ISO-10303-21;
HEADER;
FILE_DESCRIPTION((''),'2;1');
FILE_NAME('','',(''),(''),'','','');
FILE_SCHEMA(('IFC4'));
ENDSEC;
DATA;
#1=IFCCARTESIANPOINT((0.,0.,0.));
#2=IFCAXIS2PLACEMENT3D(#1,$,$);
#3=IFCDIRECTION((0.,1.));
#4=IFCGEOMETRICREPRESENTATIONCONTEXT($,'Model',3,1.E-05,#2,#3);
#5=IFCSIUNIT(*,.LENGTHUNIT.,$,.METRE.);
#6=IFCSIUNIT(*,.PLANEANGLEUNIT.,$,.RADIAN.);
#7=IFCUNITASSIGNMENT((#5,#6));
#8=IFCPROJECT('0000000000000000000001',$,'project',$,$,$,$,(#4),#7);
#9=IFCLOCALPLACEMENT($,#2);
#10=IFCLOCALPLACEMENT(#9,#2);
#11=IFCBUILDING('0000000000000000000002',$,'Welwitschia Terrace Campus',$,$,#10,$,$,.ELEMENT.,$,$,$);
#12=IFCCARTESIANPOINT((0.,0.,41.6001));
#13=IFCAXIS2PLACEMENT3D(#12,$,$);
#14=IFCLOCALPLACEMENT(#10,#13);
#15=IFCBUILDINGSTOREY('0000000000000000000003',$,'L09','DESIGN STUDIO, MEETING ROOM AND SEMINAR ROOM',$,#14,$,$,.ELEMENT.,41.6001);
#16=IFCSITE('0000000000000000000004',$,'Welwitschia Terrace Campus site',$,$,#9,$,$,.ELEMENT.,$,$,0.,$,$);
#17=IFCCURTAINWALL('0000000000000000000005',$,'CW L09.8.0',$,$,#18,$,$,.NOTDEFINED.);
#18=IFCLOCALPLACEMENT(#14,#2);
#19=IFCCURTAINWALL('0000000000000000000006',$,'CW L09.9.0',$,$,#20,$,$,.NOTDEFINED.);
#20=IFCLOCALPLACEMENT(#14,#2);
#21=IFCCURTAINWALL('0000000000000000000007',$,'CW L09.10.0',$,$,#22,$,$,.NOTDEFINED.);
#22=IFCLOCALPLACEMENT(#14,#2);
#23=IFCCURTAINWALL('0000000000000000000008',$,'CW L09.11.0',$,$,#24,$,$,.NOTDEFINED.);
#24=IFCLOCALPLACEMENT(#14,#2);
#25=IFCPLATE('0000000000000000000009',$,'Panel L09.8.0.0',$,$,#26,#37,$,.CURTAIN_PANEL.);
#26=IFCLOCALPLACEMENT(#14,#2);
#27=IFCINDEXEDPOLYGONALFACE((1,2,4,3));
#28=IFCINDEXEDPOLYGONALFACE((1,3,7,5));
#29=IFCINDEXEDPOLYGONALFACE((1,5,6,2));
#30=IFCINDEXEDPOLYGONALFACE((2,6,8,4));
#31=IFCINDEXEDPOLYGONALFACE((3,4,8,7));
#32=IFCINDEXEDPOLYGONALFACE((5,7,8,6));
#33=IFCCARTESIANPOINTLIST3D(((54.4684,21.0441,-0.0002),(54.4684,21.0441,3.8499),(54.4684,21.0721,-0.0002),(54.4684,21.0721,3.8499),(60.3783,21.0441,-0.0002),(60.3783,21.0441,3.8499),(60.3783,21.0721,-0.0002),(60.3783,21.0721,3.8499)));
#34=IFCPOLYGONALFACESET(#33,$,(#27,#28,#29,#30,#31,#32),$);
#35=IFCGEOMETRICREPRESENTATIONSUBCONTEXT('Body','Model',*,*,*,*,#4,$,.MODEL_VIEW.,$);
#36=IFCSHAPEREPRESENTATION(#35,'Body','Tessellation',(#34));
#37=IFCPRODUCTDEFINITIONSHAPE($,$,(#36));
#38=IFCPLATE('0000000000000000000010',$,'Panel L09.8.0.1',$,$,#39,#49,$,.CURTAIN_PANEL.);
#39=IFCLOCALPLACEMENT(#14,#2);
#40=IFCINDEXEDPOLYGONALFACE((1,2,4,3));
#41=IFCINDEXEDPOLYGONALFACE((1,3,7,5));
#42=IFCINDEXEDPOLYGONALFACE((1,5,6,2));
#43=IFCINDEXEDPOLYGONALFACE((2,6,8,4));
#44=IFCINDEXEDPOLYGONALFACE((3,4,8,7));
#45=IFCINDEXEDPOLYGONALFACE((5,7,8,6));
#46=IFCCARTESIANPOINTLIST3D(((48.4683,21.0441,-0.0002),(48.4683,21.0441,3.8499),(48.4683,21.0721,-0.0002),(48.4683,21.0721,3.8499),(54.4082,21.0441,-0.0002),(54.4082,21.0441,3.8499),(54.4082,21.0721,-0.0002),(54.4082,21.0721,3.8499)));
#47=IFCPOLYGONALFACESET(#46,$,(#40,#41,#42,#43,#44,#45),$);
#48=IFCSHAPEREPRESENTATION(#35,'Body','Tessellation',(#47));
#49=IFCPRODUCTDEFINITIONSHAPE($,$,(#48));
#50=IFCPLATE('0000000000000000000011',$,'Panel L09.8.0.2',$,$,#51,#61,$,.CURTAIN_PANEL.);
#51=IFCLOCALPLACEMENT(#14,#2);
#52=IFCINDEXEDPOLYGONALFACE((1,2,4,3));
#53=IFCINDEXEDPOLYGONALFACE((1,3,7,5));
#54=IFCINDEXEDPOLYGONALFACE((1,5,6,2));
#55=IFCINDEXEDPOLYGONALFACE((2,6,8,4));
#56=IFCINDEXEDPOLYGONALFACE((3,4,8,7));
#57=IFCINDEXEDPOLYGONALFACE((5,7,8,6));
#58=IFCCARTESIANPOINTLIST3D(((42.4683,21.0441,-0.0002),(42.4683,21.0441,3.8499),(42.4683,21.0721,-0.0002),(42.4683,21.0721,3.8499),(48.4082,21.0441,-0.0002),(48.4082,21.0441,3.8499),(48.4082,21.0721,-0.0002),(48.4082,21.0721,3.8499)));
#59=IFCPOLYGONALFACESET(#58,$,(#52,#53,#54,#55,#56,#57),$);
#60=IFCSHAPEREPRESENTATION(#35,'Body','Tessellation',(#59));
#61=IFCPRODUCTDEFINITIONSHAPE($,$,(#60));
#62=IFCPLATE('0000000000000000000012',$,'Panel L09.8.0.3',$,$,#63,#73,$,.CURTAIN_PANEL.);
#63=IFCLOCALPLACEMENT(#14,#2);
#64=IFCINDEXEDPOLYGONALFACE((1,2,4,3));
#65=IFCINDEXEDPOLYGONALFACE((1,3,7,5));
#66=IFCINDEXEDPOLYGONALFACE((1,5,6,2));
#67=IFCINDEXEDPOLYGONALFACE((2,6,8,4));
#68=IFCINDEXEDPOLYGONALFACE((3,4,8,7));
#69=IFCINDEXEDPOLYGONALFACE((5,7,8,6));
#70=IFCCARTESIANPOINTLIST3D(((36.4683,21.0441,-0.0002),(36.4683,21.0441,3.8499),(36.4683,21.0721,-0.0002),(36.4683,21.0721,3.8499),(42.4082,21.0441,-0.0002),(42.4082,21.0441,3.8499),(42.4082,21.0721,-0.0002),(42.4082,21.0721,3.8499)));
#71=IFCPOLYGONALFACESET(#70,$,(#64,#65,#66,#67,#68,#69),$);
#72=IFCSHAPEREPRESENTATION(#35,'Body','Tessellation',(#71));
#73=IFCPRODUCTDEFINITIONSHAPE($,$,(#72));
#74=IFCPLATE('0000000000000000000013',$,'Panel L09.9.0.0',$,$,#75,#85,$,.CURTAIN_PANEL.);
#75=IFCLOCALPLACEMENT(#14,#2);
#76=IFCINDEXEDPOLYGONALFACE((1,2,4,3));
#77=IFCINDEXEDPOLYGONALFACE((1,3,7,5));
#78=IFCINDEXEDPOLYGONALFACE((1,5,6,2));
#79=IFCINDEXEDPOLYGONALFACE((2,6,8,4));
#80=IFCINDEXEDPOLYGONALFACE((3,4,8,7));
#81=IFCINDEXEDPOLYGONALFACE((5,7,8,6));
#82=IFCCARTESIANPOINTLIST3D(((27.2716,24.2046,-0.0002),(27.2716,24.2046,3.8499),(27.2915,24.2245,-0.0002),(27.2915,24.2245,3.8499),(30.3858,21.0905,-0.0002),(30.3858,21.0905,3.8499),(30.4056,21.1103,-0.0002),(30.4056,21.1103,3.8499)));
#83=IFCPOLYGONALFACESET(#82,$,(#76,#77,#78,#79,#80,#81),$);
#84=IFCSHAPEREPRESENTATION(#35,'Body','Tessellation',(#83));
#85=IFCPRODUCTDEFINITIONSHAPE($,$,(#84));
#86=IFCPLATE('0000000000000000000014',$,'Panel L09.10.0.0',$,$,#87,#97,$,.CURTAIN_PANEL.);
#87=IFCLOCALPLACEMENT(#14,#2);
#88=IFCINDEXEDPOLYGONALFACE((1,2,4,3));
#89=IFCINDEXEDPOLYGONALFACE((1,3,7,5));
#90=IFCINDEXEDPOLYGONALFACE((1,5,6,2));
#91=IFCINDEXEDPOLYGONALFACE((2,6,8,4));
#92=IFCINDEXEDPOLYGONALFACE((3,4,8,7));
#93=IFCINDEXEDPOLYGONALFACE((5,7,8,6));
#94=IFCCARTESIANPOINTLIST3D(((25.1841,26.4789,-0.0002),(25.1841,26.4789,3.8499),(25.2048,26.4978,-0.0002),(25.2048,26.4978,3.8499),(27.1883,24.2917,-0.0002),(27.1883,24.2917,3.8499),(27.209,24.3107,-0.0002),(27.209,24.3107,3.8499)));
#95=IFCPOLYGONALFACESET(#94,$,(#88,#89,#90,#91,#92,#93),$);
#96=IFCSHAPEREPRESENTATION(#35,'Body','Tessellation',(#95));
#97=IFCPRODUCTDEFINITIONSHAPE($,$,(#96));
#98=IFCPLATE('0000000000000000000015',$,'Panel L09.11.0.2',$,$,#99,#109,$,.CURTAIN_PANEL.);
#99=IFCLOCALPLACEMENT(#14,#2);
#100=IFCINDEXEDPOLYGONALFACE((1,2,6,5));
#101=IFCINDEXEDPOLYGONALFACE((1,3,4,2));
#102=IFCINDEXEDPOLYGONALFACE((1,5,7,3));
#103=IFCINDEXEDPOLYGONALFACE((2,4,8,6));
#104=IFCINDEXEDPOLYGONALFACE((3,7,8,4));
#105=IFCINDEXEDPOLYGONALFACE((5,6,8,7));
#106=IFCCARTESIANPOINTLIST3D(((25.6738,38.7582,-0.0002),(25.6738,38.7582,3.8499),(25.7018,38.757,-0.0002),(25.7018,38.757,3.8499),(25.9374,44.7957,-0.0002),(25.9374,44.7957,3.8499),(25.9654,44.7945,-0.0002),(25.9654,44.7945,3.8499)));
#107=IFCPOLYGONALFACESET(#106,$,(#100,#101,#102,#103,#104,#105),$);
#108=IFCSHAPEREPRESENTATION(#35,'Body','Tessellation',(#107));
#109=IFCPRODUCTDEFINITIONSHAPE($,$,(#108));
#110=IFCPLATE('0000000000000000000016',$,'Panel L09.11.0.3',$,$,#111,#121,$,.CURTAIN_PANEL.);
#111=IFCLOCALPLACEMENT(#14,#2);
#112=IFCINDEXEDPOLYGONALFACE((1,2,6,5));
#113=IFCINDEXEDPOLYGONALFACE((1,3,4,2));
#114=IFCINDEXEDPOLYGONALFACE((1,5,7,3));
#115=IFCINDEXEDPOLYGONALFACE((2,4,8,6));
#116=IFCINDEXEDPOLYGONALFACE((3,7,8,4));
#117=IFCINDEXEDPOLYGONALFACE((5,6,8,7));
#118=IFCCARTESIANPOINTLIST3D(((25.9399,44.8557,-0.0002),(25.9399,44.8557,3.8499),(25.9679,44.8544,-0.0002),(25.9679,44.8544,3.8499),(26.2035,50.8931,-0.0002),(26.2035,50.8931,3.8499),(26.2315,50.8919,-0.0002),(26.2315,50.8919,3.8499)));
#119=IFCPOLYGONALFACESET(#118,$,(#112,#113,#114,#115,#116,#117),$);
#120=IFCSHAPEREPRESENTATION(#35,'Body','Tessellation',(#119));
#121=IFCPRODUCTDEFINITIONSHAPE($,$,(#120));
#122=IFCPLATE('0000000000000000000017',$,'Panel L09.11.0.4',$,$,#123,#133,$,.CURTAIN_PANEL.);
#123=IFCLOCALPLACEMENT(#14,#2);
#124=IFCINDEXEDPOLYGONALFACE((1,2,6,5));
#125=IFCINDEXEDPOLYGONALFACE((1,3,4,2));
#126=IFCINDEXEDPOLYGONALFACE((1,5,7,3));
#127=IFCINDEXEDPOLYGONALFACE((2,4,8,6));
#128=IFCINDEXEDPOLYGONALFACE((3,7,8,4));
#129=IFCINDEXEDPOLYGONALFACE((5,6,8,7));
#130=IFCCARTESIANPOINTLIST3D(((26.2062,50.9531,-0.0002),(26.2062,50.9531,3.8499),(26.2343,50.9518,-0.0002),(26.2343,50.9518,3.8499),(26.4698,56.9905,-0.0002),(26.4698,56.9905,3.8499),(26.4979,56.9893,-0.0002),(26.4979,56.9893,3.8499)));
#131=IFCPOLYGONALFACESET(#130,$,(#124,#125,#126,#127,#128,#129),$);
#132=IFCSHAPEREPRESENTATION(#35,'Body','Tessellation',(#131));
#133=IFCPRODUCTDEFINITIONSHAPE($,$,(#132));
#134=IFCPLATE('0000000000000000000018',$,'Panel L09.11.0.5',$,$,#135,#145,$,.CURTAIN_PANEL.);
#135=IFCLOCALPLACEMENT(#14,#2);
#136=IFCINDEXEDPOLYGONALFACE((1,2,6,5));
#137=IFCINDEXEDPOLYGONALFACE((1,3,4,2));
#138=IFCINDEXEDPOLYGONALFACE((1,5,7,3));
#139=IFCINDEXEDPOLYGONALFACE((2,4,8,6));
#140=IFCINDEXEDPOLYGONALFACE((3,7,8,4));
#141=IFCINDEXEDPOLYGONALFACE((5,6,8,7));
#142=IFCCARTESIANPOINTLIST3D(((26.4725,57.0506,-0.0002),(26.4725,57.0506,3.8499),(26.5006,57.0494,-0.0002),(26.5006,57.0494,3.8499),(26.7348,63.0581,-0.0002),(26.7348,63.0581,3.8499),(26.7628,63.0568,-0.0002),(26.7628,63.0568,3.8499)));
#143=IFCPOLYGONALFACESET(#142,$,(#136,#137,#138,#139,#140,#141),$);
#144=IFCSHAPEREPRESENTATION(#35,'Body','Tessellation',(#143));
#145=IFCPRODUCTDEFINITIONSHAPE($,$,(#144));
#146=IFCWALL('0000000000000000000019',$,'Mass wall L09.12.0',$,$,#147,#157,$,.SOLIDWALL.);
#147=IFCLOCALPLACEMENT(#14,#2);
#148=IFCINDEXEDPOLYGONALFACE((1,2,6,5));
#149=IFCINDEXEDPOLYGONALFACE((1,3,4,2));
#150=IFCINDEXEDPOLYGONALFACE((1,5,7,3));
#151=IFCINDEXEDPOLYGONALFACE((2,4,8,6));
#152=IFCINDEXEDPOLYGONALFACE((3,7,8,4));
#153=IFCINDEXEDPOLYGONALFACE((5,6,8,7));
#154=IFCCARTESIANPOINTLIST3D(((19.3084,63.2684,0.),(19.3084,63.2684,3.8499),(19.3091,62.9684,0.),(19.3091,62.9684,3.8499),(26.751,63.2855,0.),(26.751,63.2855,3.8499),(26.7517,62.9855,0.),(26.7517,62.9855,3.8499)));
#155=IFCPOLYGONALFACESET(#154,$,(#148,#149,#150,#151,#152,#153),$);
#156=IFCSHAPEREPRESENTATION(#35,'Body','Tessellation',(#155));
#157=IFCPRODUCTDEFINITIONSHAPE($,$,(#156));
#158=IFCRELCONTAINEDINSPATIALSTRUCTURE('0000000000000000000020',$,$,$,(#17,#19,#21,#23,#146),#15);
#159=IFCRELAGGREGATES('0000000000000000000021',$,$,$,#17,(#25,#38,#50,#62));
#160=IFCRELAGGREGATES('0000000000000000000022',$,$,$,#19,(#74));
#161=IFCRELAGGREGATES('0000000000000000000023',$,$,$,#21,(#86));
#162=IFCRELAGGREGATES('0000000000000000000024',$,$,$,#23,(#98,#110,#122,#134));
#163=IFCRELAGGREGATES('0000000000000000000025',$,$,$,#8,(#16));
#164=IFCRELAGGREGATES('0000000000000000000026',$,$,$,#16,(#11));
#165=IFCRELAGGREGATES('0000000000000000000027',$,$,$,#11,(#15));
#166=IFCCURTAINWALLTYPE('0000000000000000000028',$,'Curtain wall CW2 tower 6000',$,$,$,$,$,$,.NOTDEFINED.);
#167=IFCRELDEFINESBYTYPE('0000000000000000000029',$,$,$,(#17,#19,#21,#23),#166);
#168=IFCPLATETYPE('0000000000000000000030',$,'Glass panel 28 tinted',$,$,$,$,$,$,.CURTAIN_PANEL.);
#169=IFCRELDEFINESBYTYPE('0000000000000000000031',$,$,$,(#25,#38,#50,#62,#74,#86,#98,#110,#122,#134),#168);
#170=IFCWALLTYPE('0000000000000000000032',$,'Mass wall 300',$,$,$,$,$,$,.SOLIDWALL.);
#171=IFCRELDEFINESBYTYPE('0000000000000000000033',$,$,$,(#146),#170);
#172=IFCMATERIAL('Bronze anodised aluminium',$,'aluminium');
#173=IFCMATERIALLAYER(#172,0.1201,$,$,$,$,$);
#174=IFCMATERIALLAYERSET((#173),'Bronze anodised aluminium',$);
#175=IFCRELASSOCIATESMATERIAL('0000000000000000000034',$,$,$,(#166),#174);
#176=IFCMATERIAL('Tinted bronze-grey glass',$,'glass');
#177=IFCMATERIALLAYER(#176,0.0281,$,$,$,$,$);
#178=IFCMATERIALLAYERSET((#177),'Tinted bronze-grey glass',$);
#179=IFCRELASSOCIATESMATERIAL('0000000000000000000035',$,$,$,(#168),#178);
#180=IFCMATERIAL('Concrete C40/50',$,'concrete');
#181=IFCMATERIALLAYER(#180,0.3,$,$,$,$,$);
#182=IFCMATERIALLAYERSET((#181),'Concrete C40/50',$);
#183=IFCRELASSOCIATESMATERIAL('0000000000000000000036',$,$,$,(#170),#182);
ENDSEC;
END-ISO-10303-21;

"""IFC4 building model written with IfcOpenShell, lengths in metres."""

from ifc_helpers import new_model, si_unit, direction, frame, frame_2d, origin, origin_2d, place, context, subcontext, project, spatial, rectangle, extrude, material, layer, layer_set, type_object, element, aggregate, save


model = new_model("IFC4")

# Units and contexts
model_context = context("Model", 3, precision=1e-05, world=origin(), true_north=direction((0.0, 1.0)))
body_context = subcontext(model_context, "Body", "Model", "MODEL_VIEW")
ifc_project = project(units=[si_unit("LENGTHUNIT", "METRE"), si_unit("PLANEANGLEUNIT", "RADIAN")], contexts=[model_context])

# Site, building, storey
site_placement = place(None, origin())
site = spatial("IfcSite", under=ifc_project, at=site_placement, Name="Welwitschia Terrace Campus site", CompositionType="ELEMENT", RefElevation=0.0)
building_placement = place(site_placement, origin())
building = spatial("IfcBuilding", under=site, at=building_placement, Name="Welwitschia Terrace Campus", CompositionType="ELEMENT")
storey_placement = place(building_placement, frame((0.0, 0.0, 41.6001)))
storey = spatial("IfcBuildingStorey", under=building, at=storey_placement, Name="L09", Description="DESIGN STUDIO, MEETING ROOM AND SEMINAR ROOM", CompositionType="ELEMENT", Elevation=41.6001)

# Curtain walls
ifc_material_1 = material(Name="Bronze anodised aluminium", Category="aluminium")
ifc_layer_1 = layer(ifc_material_1, 0.1201)
ifc_layer_set_1 = layer_set([ifc_layer_1], Name="Bronze anodised aluminium")
curtain_wall_type = type_object("IfcCurtainWallType", Name="Curtain wall CW2 tower 6000", PredefinedType="NOTDEFINED", material=ifc_layer_set_1)
curtain_wall_1_placement = place(storey_placement, origin())
curtain_wall_1 = element("IfcCurtainWall", 1, at=curtain_wall_1_placement, inside=storey, type_object=curtain_wall_type, Name="CW L09.8.0", PredefinedType="NOTDEFINED")
curtain_wall_2_placement = place(storey_placement, origin())
curtain_wall_2 = element("IfcCurtainWall", 2, at=curtain_wall_2_placement, inside=storey, type_object=curtain_wall_type, Name="CW L09.9.0", PredefinedType="NOTDEFINED")

# Curtain wall
curtain_wall_3_placement = place(storey_placement, origin())
curtain_wall_3 = element("IfcCurtainWall", 3, at=curtain_wall_3_placement, inside=storey, type_object=curtain_wall_type, Name="CW L09.10.0", PredefinedType="NOTDEFINED")

# Curtain wall
curtain_wall_4_placement = place(storey_placement, origin())
curtain_wall_4 = element("IfcCurtainWall", 4, at=curtain_wall_4_placement, inside=storey, type_object=curtain_wall_type, Name="CW L09.11.0", PredefinedType="NOTDEFINED")

# Plates
ifc_material_2 = material(Name="Tinted bronze-grey glass", Category="glass")
ifc_layer_2 = layer(ifc_material_2, 0.0281)
ifc_layer_set_2 = layer_set([ifc_layer_2], Name="Tinted bronze-grey glass")
plate_type = type_object("IfcPlateType", Name="Glass panel 28 tinted", PredefinedType="CURTAIN_PANEL", material=ifc_layer_set_2)
plate_1_placement = place(storey_placement, frame((57.4233, 21.0581, -0.0002), z_axis=(0.0, 0.0, 1.0), x_axis=(-1.0, 0.0, 0.0)))
plate_1 = element("IfcPlate", 5, at=plate_1_placement, type_object=plate_type, Name="Panel L09.8.0.0", PredefinedType="CURTAIN_PANEL", context=body_context, shape_type="SweptSolid", body=[
    extrude(rectangle(XDim=5.9099, YDim=0.0281, at=origin_2d()), origin(), (0.0, 0.0, 1.0), 3.8501),
])
plate_2_placement = place(storey_placement, frame((51.4382, 21.0581, -0.0002), z_axis=(0.0, 0.0, 1.0), x_axis=(-1.0, 0.0, 0.0)))
plate_2 = element("IfcPlate", 6, at=plate_2_placement, type_object=plate_type, Name="Panel L09.8.0.1", PredefinedType="CURTAIN_PANEL", context=body_context, shape_type="SweptSolid", body=[
    extrude(rectangle(XDim=5.9399, YDim=0.0281, at=origin_2d()), origin(), (0.0, 0.0, 1.0), 3.8501),
])
plate_3_placement = place(storey_placement, frame((45.4382, 21.0581, -0.0002), z_axis=(0.0, 0.0, 1.0), x_axis=(-1.0, 0.0, 0.0)))
plate_3 = element("IfcPlate", 7, at=plate_3_placement, type_object=plate_type, Name="Panel L09.8.0.2", PredefinedType="CURTAIN_PANEL", context=body_context, shape_type="SweptSolid", body=[
    extrude(rectangle(XDim=5.9399, YDim=0.0281, at=origin_2d()), origin(), (0.0, 0.0, 1.0), 3.8501),
])
plate_4_placement = place(storey_placement, frame((39.4382, 21.0581, -0.0002), z_axis=(0.0, 0.0, 1.0), x_axis=(-1.0, 0.0, 0.0)))
plate_4 = element("IfcPlate", 8, at=plate_4_placement, type_object=plate_type, Name="Panel L09.8.0.3", PredefinedType="CURTAIN_PANEL", context=body_context, shape_type="SweptSolid", body=[
    extrude(rectangle(XDim=5.9399, YDim=0.0281, at=origin_2d()), origin(), (0.0, 0.0, 1.0), 3.8501),
])
aggregate(curtain_wall_1, [plate_1, plate_2, plate_3, plate_4])
plate_5_placement = place(storey_placement, frame((28.8386, 22.6575, -0.0002), z_axis=(0.0, 0.0, 1.0), x_axis=(-0.707107, 0.707107, 0.0)))
plate_5 = element("IfcPlate", 9, at=plate_5_placement, type_object=plate_type, Name="Panel L09.9.0.0", PredefinedType="CURTAIN_PANEL", context=body_context, shape_type="SweptSolid", body=[
    extrude(rectangle(XDim=4.4041, YDim=0.0281, at=origin_2d()), origin(), (0.0, 0.0, 1.0), 3.8501),
])
aggregate(curtain_wall_2, [plate_5])
plate_6_placement = place(storey_placement, frame((26.1965, 25.3948, -0.0002), z_axis=(0.0, 0.0, 1.0), x_axis=(-0.67559, 0.737277, 0.0)))
plate_6 = element("IfcPlate", 10, at=plate_6_placement, type_object=plate_type, Name="Panel L09.10.0.0", PredefinedType="CURTAIN_PANEL", context=body_context, shape_type="SweptSolid", body=[
    extrude(rectangle(XDim=2.9666, YDim=0.0281, at=origin_2d()), origin(), (0.0, 0.0, 1.0), 3.8501),
])
aggregate(curtain_wall_3, [plate_6])
plate_7_placement = place(storey_placement, frame((25.8196, 41.7764, -0.0002), z_axis=(0.0, 0.0, 1.0), x_axis=(0.043619, 0.999048, 0.0)))
plate_7 = element("IfcPlate", 11, at=plate_7_placement, type_object=plate_type, Name="Panel L09.11.0.2", PredefinedType="CURTAIN_PANEL", context=body_context, shape_type="SweptSolid", body=[
    extrude(rectangle(XDim=6.0432, YDim=0.0281, at=origin_2d()), origin(), (0.0, 0.0, 1.0), 3.8501),
])
plate_8_placement = place(storey_placement, frame((26.0857, 47.8738, -0.0002), z_axis=(0.0, 0.0, 1.0), x_axis=(0.043619, 0.999048, 0.0)))
plate_8 = element("IfcPlate", 12, at=plate_8_placement, type_object=plate_type, Name="Panel L09.11.0.3", PredefinedType="CURTAIN_PANEL", context=body_context, shape_type="SweptSolid", body=[
    extrude(rectangle(XDim=6.0432, YDim=0.0281, at=origin_2d()), origin(), (0.0, 0.0, 1.0), 3.8501),
])
plate_9_placement = place(storey_placement, frame((26.3521, 53.9712, -0.0002), z_axis=(0.0, 0.0, 1.0), x_axis=(0.043619, 0.999048, 0.0)))
plate_9 = element("IfcPlate", 13, at=plate_9_placement, type_object=plate_type, Name="Panel L09.11.0.4", PredefinedType="CURTAIN_PANEL", context=body_context, shape_type="SweptSolid", body=[
    extrude(rectangle(XDim=6.0432, YDim=0.0281, at=origin_2d()), origin(), (0.0, 0.0, 1.0), 3.8501),
])
plate_10_placement = place(storey_placement, frame((26.6177, 60.0537, -0.0002), z_axis=(0.0, 0.0, 1.0), x_axis=(0.043619, 0.999048, 0.0)))
plate_10 = element("IfcPlate", 14, at=plate_10_placement, type_object=plate_type, Name="Panel L09.11.0.5", PredefinedType="CURTAIN_PANEL", context=body_context, shape_type="SweptSolid", body=[
    extrude(rectangle(XDim=6.0132, YDim=0.0281, at=origin_2d()), origin(), (0.0, 0.0, 1.0), 3.8501),
])
aggregate(curtain_wall_4, [plate_7, plate_8, plate_9, plate_10])

# Wall
ifc_material_3 = material(Name="Concrete C40/50", Category="concrete")
ifc_layer_3 = layer(ifc_material_3, 0.3)
ifc_layer_set_3 = layer_set([ifc_layer_3], Name="Concrete C40/50")
wall_type = type_object("IfcWallType", Name="Mass wall 300", PredefinedType="SOLIDWALL", material=ifc_layer_set_3)
wall_placement = place(storey_placement, frame((26.7512, 63.1355, 0.0), z_axis=(0.0, 0.0, 1.0), x_axis=(-0.999997, -0.002296, 0.0)))
element("IfcWall", 15, at=wall_placement, inside=storey, type_object=wall_type, Name="Mass wall L09.12.0", PredefinedType="SOLIDWALL", context=body_context, shape_type="SweptSolid", body=[
    extrude(rectangle(XDim=7.4426, YDim=0.3, at=frame_2d((3.7212, 0.0))), origin(), (0.0, 0.0, 1.0), 3.8499),
])

save(model, "model.ifc")
